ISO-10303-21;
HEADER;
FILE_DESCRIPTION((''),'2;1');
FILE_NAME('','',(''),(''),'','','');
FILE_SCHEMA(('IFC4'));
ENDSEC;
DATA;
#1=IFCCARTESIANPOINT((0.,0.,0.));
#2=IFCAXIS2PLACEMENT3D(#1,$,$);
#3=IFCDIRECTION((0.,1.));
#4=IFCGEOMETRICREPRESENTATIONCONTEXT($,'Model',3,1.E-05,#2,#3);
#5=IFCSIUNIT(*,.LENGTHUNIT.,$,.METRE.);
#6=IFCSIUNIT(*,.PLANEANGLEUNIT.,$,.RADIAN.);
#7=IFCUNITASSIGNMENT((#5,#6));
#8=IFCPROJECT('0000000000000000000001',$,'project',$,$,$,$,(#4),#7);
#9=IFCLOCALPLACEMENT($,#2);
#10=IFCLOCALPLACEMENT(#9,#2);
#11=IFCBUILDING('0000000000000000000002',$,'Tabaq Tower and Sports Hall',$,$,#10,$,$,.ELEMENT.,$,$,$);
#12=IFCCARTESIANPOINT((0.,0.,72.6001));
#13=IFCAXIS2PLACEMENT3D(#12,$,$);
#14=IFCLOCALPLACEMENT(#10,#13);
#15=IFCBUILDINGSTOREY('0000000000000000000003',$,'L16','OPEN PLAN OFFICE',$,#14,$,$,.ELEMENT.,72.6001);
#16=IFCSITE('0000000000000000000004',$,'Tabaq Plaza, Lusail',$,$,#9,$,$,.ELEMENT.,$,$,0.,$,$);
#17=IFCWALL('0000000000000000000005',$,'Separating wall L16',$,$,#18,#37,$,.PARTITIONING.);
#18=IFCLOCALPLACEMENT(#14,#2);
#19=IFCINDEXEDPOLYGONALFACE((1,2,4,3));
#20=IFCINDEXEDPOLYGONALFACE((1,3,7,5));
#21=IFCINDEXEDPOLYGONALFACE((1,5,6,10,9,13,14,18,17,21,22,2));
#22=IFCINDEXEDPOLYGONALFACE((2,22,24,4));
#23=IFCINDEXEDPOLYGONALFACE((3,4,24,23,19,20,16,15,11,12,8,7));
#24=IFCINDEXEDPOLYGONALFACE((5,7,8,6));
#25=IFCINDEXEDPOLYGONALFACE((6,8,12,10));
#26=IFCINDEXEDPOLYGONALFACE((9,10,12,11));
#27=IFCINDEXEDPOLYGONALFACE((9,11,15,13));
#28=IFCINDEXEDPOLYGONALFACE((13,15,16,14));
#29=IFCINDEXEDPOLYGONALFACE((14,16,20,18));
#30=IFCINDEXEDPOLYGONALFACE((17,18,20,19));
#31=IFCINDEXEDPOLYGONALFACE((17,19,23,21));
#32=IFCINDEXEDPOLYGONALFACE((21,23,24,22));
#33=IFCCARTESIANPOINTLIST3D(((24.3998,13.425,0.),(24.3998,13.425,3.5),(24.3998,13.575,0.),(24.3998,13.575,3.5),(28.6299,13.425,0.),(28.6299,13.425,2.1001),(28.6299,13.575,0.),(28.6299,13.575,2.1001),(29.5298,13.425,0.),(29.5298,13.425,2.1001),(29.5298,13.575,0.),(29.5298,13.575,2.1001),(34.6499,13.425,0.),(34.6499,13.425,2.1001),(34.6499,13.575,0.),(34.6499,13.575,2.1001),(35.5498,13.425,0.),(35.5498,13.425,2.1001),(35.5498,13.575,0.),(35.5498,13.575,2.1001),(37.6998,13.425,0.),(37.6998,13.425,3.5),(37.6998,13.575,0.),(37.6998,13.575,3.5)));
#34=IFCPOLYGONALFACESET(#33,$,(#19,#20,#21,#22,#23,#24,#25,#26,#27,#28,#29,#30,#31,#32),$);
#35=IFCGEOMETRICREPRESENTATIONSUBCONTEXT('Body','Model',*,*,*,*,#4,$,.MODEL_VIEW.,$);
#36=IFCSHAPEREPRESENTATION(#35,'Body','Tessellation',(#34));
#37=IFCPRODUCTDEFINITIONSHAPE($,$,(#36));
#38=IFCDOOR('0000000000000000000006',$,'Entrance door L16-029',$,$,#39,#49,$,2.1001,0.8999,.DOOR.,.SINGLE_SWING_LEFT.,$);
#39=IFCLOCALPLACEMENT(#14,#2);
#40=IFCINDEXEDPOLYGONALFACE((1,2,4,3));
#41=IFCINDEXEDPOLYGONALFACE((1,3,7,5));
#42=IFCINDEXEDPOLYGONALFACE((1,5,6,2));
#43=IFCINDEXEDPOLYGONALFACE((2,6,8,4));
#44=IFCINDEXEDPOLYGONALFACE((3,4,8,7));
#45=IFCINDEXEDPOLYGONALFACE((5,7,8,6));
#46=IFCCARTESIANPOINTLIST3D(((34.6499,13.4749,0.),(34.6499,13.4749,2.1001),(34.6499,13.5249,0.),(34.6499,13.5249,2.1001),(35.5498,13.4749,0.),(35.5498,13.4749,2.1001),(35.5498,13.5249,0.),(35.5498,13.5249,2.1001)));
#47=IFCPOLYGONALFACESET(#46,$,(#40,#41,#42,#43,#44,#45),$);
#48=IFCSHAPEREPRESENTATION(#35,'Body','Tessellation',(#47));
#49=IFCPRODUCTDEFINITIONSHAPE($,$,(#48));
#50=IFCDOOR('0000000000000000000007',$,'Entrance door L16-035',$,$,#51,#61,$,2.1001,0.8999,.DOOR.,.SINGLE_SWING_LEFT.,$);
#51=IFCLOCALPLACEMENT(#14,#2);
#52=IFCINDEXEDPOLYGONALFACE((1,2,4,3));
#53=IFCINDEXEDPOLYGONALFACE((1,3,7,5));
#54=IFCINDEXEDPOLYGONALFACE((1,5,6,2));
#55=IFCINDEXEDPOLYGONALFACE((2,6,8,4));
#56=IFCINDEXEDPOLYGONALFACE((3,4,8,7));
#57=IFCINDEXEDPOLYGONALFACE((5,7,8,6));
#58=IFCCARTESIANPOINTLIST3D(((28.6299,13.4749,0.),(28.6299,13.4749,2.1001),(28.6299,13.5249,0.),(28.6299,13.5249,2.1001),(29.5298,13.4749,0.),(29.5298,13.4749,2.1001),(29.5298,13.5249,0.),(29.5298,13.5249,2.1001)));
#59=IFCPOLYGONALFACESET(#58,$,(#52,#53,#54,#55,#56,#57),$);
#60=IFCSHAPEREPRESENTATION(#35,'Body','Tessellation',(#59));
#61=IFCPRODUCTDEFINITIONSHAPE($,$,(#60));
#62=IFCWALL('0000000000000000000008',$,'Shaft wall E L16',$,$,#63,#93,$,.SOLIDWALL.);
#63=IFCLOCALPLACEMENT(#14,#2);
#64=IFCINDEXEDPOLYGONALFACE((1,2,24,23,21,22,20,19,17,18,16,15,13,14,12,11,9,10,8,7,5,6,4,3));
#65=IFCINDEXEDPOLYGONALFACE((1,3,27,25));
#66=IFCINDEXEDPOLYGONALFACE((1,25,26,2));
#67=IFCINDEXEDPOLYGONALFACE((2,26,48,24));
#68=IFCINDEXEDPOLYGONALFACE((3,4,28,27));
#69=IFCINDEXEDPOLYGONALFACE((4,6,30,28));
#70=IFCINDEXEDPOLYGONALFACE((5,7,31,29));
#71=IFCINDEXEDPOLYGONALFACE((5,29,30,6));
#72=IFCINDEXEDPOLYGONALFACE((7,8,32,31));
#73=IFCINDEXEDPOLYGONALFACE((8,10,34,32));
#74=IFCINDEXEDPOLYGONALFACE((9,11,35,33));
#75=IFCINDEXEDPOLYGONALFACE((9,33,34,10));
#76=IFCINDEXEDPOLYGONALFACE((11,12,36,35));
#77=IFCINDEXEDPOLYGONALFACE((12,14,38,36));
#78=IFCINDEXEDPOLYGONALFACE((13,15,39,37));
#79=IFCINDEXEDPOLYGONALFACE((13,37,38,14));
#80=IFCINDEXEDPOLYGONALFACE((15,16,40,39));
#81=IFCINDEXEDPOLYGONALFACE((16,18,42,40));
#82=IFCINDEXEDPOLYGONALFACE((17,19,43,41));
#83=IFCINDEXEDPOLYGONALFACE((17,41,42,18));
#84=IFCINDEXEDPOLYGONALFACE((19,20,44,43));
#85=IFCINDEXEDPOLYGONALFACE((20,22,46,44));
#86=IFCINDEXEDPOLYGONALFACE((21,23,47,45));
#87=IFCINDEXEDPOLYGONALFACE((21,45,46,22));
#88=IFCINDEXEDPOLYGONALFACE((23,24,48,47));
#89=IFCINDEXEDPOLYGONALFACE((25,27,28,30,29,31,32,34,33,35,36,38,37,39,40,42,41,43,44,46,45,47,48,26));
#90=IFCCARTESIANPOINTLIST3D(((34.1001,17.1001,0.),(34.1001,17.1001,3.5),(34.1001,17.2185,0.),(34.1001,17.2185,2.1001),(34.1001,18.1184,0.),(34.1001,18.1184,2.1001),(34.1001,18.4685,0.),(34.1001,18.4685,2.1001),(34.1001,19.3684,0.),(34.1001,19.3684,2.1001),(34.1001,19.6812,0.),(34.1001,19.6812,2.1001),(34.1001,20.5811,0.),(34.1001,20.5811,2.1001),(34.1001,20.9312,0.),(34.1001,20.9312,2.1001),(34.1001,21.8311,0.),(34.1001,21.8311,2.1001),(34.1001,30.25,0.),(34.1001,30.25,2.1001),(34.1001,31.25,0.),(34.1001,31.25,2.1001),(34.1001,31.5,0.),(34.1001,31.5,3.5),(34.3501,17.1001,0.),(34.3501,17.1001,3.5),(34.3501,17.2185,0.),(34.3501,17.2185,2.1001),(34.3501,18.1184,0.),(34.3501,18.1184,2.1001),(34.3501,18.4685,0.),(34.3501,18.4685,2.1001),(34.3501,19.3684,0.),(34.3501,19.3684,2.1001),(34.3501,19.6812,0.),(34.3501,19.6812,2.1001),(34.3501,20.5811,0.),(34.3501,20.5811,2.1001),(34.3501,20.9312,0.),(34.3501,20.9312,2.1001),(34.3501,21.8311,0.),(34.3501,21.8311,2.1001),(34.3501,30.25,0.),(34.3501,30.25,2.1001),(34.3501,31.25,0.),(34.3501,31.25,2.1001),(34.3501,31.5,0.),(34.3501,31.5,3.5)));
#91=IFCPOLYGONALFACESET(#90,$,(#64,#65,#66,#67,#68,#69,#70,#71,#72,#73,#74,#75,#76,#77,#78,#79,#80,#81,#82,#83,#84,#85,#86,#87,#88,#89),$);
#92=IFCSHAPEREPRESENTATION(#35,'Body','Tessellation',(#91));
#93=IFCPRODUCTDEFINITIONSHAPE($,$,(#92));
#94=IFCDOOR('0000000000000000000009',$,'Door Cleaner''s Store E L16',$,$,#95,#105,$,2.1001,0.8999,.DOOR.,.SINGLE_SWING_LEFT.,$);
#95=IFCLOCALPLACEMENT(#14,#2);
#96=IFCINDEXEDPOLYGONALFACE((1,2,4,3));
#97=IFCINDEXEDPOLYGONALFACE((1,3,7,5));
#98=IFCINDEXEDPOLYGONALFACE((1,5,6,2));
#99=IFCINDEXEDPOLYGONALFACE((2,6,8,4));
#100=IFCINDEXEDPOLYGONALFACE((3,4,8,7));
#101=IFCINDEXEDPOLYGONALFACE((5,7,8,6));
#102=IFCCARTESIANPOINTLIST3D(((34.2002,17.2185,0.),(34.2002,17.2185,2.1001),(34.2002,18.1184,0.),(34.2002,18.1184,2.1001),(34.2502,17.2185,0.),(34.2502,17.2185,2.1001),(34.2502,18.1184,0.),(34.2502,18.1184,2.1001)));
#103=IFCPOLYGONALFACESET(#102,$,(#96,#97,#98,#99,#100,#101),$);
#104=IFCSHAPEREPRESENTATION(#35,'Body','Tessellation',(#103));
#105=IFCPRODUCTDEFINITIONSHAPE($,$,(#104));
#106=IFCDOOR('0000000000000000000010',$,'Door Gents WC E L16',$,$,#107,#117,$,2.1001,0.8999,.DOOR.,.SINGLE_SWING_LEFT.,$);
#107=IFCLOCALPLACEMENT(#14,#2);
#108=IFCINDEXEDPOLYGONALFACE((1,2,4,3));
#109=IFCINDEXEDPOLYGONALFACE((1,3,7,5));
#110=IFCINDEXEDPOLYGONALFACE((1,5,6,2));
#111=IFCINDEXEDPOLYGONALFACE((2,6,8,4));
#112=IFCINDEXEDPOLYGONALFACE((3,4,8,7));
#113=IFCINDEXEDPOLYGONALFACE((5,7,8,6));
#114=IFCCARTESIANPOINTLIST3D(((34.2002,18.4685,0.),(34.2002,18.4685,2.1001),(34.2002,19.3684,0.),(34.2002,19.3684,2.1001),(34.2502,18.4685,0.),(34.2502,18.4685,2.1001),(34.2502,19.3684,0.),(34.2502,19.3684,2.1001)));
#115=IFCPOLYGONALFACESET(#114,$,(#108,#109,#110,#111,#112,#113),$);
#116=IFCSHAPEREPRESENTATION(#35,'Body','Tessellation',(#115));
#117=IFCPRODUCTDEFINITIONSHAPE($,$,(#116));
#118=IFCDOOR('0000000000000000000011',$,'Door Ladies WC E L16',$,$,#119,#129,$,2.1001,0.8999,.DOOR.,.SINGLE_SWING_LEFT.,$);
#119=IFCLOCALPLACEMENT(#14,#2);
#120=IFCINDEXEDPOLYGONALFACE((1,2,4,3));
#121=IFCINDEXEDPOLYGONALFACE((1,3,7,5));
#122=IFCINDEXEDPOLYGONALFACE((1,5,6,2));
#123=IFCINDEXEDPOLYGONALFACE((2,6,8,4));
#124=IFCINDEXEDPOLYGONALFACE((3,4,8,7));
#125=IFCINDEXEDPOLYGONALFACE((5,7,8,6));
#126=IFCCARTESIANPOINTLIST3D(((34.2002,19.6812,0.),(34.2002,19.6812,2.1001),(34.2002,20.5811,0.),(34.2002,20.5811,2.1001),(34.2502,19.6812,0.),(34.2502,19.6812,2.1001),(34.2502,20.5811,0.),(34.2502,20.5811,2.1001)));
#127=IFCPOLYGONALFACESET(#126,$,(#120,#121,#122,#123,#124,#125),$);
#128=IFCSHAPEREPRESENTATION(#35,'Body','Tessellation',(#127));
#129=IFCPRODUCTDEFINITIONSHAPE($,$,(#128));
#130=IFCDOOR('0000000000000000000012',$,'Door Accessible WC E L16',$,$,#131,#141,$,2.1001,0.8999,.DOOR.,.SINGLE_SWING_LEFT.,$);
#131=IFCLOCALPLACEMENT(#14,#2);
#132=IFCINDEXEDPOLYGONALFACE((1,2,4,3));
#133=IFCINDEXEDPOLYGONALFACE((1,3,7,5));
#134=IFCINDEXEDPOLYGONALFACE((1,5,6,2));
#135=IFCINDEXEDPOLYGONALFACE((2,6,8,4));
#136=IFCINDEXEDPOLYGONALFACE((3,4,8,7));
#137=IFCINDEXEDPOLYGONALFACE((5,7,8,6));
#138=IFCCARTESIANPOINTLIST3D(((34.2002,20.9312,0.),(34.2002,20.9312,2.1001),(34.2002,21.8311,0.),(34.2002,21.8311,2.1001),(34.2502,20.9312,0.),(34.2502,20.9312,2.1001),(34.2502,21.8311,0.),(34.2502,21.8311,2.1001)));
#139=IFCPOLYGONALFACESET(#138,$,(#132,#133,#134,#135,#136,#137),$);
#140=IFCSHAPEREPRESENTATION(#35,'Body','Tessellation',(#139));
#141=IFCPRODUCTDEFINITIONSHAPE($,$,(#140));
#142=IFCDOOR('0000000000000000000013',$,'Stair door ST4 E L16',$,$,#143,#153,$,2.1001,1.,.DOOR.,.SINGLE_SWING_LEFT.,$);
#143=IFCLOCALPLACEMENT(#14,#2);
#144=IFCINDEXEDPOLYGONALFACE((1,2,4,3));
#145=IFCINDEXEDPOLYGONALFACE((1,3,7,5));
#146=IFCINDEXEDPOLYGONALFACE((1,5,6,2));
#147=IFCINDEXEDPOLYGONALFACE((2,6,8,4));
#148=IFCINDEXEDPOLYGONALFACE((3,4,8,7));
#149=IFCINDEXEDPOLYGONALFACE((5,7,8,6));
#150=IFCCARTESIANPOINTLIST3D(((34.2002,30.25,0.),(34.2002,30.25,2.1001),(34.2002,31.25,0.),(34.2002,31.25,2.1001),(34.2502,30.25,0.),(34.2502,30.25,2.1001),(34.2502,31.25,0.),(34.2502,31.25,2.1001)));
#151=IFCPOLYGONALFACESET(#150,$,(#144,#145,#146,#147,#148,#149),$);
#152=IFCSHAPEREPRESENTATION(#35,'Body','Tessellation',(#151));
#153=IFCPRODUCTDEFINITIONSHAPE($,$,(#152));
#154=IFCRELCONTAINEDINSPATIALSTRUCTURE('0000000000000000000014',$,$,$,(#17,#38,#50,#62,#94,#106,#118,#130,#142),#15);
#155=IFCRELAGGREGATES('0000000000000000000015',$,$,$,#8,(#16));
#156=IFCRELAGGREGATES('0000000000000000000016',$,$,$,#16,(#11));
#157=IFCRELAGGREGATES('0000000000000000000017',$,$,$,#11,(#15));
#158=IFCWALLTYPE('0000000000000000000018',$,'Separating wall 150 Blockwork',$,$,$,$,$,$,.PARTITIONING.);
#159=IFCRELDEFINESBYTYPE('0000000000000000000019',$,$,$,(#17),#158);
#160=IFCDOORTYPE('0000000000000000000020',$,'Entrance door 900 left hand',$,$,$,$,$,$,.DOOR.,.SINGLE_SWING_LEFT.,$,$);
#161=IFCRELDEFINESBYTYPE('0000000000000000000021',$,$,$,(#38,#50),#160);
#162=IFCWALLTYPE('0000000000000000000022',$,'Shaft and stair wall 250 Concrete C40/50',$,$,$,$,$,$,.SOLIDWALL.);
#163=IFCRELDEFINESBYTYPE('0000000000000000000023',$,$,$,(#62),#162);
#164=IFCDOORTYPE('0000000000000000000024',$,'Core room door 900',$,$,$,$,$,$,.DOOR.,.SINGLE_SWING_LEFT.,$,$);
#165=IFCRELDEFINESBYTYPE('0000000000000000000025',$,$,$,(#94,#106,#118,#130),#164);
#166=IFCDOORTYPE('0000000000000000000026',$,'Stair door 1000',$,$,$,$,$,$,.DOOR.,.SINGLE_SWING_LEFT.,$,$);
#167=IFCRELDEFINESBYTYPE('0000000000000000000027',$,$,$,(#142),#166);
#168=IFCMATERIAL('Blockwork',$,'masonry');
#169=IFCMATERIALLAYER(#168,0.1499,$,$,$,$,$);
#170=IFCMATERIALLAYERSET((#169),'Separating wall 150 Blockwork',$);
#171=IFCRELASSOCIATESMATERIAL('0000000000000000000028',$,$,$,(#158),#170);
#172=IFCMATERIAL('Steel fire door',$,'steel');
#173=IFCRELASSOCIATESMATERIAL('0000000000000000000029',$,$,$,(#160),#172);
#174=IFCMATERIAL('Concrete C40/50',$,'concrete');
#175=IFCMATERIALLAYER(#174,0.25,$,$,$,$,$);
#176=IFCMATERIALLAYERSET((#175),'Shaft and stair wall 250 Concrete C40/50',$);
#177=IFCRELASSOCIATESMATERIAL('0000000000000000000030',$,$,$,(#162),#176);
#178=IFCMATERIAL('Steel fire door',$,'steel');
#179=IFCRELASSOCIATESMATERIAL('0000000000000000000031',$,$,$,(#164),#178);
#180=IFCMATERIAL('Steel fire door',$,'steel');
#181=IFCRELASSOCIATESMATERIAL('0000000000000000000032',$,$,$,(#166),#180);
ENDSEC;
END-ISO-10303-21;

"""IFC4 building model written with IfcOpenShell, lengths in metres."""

from ifc_helpers import new_model, si_unit, direction, frame, frame_2d, origin, place, context, subcontext, project, spatial, rectangle, extrude, material, layer, layer_set, type_object, element, fill, save


model = new_model("IFC4")

# Units and contexts
model_context = context("Model", 3, precision=1e-05, world=origin(), true_north=direction((0.0, 1.0)))
body_context = subcontext(model_context, "Body", "Model", "MODEL_VIEW")
ifc_project = project(units=[si_unit("LENGTHUNIT", "METRE"), si_unit("PLANEANGLEUNIT", "RADIAN")], contexts=[model_context])

# Site, building, storey
site_placement = place(None, origin())
site = spatial("IfcSite", under=ifc_project, at=site_placement, Name="Tabaq Plaza, Lusail", CompositionType="ELEMENT", RefElevation=0.0)
building_placement = place(site_placement, origin())
building = spatial("IfcBuilding", under=site, at=building_placement, Name="Tabaq Tower and Sports Hall", CompositionType="ELEMENT")
storey_placement = place(building_placement, frame((0.0, 0.0, 72.6001)))
storey = spatial("IfcBuildingStorey", under=building, at=storey_placement, Name="L16", Description="OPEN PLAN OFFICE", CompositionType="ELEMENT", Elevation=72.6001)

# Walls, openings, doors
ifc_material_1 = material(Name="Blockwork", Category="masonry")
ifc_layer_1 = layer(ifc_material_1, 0.1499)
ifc_layer_set_1 = layer_set([ifc_layer_1], Name="Separating wall 150 Blockwork")
wall_type_1 = type_object("IfcWallType", Name="Separating wall 150 Blockwork", PredefinedType="PARTITIONING", material=ifc_layer_set_1)
wall_1_placement = place(storey_placement, frame((24.3999, 13.5, 0.0), z_axis=(0.0, 0.0, 1.0), x_axis=(1.0, 0.0, 0.0)))
wall_1 = element("IfcWall", 1, at=wall_1_placement, inside=storey, type_object=wall_type_1, Name="Separating wall L16", PredefinedType="PARTITIONING", context=body_context, shape_type="SweptSolid", body=[
    extrude(rectangle(XDim=13.3, YDim=0.1499, at=frame_2d((6.6499, 0.0))), origin(), (0.0, 0.0, 1.0), 3.5),
])
opening_1_placement = place(wall_1_placement, frame((10.25, 0.0, 0.0)))
opening_1 = element("IfcOpeningElement", 2, at=opening_1_placement, cuts=wall_1, PredefinedType="OPENING", context=body_context, shape_type="SweptSolid", body=[
    extrude(rectangle(XDim=0.8999, YDim=2.1001, at=frame_2d((0.45, 1.05))), frame((0.0, 0.075, 0.0), z_axis=(0.0, -1.0, 0.0), x_axis=(1.0, 0.0, 0.0)), (0.0, 0.0, 1.0), 0.1499),
])
opening_2_placement = place(wall_1_placement, frame((4.23, 0.0, 0.0)))
opening_2 = element("IfcOpeningElement", 3, at=opening_2_placement, cuts=wall_1, PredefinedType="OPENING", context=body_context, shape_type="SweptSolid", body=[
    extrude(rectangle(XDim=0.8999, YDim=2.1001, at=frame_2d((0.45, 1.05))), frame((0.0, 0.075, 0.0), z_axis=(0.0, -1.0, 0.0), x_axis=(1.0, 0.0, 0.0)), (0.0, 0.0, 1.0), 0.1499),
])
ifc_material_2 = material(Name="Steel fire door", Category="steel")
door_type_1 = type_object("IfcDoorType", Name="Entrance door 900 left hand", OperationType="SINGLE_SWING_LEFT", PredefinedType="DOOR", material=ifc_material_2)
door_1_placement = place(opening_1_placement, origin())
door_1 = element("IfcDoor", 4, at=door_1_placement, inside=storey, type_object=door_type_1, Name="Entrance door L16-029", OperationType="SINGLE_SWING_LEFT", OverallHeight=2.1001, OverallWidth=0.8999, PredefinedType="DOOR", context=body_context, shape_type="SweptSolid", body=[
    extrude(rectangle(XDim=0.8999, YDim=2.1001, at=frame_2d((0.45, 1.05))), frame((0.0, 0.0249, 0.0), z_axis=(0.0, -1.0, 0.0), x_axis=(1.0, 0.0, 0.0)), (0.0, 0.0, 1.0), 0.05),
])
fill(opening_1, door_1)
door_2_placement = place(opening_2_placement, origin())
door_2 = element("IfcDoor", 5, at=door_2_placement, inside=storey, type_object=door_type_1, Name="Entrance door L16-035", OperationType="SINGLE_SWING_LEFT", OverallHeight=2.1001, OverallWidth=0.8999, PredefinedType="DOOR", context=body_context, shape_type="SweptSolid", body=[
    extrude(rectangle(XDim=0.8999, YDim=2.1001, at=frame_2d((0.45, 1.05))), frame((0.0, 0.0249, 0.0), z_axis=(0.0, -1.0, 0.0), x_axis=(1.0, 0.0, 0.0)), (0.0, 0.0, 1.0), 0.05),
])
fill(opening_2, door_2)
ifc_material_3 = material(Name="Concrete C40/50", Category="concrete")
ifc_layer_2 = layer(ifc_material_3, 0.25)
ifc_layer_set_2 = layer_set([ifc_layer_2], Name="Shaft and stair wall 250 Concrete C40/50")
wall_type_2 = type_object("IfcWallType", Name="Shaft and stair wall 250 Concrete C40/50", PredefinedType="SOLIDWALL", material=ifc_layer_set_2)
wall_2_placement = place(storey_placement, frame((34.2251, 17.1001, 0.0), z_axis=(0.0, 0.0, 1.0), x_axis=(0.0, 1.0, 0.0)))
wall_2 = element("IfcWall", 6, at=wall_2_placement, inside=storey, type_object=wall_type_2, Name="Shaft wall E L16", PredefinedType="SOLIDWALL", context=body_context, shape_type="SweptSolid", body=[
    extrude(rectangle(XDim=14.3999, YDim=0.25, at=frame_2d((7.2, 0.0))), origin(), (0.0, 0.0, 1.0), 3.5),
])
opening_3_placement = place(wall_2_placement, frame((13.1499, 0.0, 0.0)))
opening_3 = element("IfcOpeningElement", 7, at=opening_3_placement, cuts=wall_2, PredefinedType="OPENING", context=body_context, shape_type="SweptSolid", body=[
    extrude(rectangle(XDim=1.0, YDim=2.1001, at=frame_2d((0.5, 1.05))), frame((0.0, 0.125, 0.0), z_axis=(0.0, -1.0, 0.0), x_axis=(1.0, 0.0, 0.0)), (0.0, 0.0, 1.0), 0.25),
])
opening_4_placement = place(wall_2_placement, frame((0.1184, 0.0, 0.0)))
opening_4 = element("IfcOpeningElement", 8, at=opening_4_placement, cuts=wall_2, PredefinedType="OPENING", context=body_context, shape_type="SweptSolid", body=[
    extrude(rectangle(XDim=0.8999, YDim=2.1001, at=frame_2d((0.45, 1.05))), frame((0.0, 0.125, 0.0), z_axis=(0.0, -1.0, 0.0), x_axis=(1.0, 0.0, 0.0)), (0.0, 0.0, 1.0), 0.25),
])
opening_5_placement = place(wall_2_placement, frame((1.3684, 0.0, 0.0)))
opening_5 = element("IfcOpeningElement", 9, at=opening_5_placement, cuts=wall_2, PredefinedType="OPENING", context=body_context, shape_type="SweptSolid", body=[
    extrude(rectangle(XDim=0.8999, YDim=2.1001, at=frame_2d((0.45, 1.05))), frame((0.0, 0.125, 0.0), z_axis=(0.0, -1.0, 0.0), x_axis=(1.0, 0.0, 0.0)), (0.0, 0.0, 1.0), 0.25),
])
opening_6_placement = place(wall_2_placement, frame((2.5811, 0.0, 0.0)))
opening_6 = element("IfcOpeningElement", 10, at=opening_6_placement, cuts=wall_2, PredefinedType="OPENING", context=body_context, shape_type="SweptSolid", body=[
    extrude(rectangle(XDim=0.8999, YDim=2.1001, at=frame_2d((0.45, 1.05))), frame((0.0, 0.125, 0.0), z_axis=(0.0, -1.0, 0.0), x_axis=(1.0, 0.0, 0.0)), (0.0, 0.0, 1.0), 0.25),
])
opening_7_placement = place(wall_2_placement, frame((3.8311, 0.0, 0.0)))
opening_7 = element("IfcOpeningElement", 11, at=opening_7_placement, cuts=wall_2, PredefinedType="OPENING", context=body_context, shape_type="SweptSolid", body=[
    extrude(rectangle(XDim=0.8999, YDim=2.1001, at=frame_2d((0.45, 1.05))), frame((0.0, 0.125, 0.0), z_axis=(0.0, -1.0, 0.0), x_axis=(1.0, 0.0, 0.0)), (0.0, 0.0, 1.0), 0.25),
])
ifc_material_4 = material(Name="Steel fire door", Category="steel")
door_type_2 = type_object("IfcDoorType", Name="Core room door 900", OperationType="SINGLE_SWING_LEFT", PredefinedType="DOOR", material=ifc_material_4)
door_3_placement = place(opening_4_placement, origin())
door_3 = element("IfcDoor", 12, at=door_3_placement, inside=storey, type_object=door_type_2, Name="Door Cleaner's Store E L16", OperationType="SINGLE_SWING_LEFT", OverallHeight=2.1001, OverallWidth=0.8999, PredefinedType="DOOR", context=body_context, shape_type="SweptSolid", body=[
    extrude(rectangle(XDim=0.8999, YDim=2.1001, at=frame_2d((0.45, 1.05))), frame((0.0, 0.0249, 0.0), z_axis=(0.0, -1.0, 0.0), x_axis=(1.0, 0.0, 0.0)), (0.0, 0.0, 1.0), 0.05),
])
fill(opening_4, door_3)
door_4_placement = place(opening_5_placement, origin())
door_4 = element("IfcDoor", 13, at=door_4_placement, inside=storey, type_object=door_type_2, Name="Door Gents WC E L16", OperationType="SINGLE_SWING_LEFT", OverallHeight=2.1001, OverallWidth=0.8999, PredefinedType="DOOR", context=body_context, shape_type="SweptSolid", body=[
    extrude(rectangle(XDim=0.8999, YDim=2.1001, at=frame_2d((0.45, 1.05))), frame((0.0, 0.0249, 0.0), z_axis=(0.0, -1.0, 0.0), x_axis=(1.0, 0.0, 0.0)), (0.0, 0.0, 1.0), 0.05),
])
fill(opening_5, door_4)
door_5_placement = place(opening_6_placement, origin())
door_5 = element("IfcDoor", 14, at=door_5_placement, inside=storey, type_object=door_type_2, Name="Door Ladies WC E L16", OperationType="SINGLE_SWING_LEFT", OverallHeight=2.1001, OverallWidth=0.8999, PredefinedType="DOOR", context=body_context, shape_type="SweptSolid", body=[
    extrude(rectangle(XDim=0.8999, YDim=2.1001, at=frame_2d((0.45, 1.05))), frame((0.0, 0.0249, 0.0), z_axis=(0.0, -1.0, 0.0), x_axis=(1.0, 0.0, 0.0)), (0.0, 0.0, 1.0), 0.05),
])
fill(opening_6, door_5)
door_6_placement = place(opening_7_placement, origin())
door_6 = element("IfcDoor", 15, at=door_6_placement, inside=storey, type_object=door_type_2, Name="Door Accessible WC E L16", OperationType="SINGLE_SWING_LEFT", OverallHeight=2.1001, OverallWidth=0.8999, PredefinedType="DOOR", context=body_context, shape_type="SweptSolid", body=[
    extrude(rectangle(XDim=0.8999, YDim=2.1001, at=frame_2d((0.45, 1.05))), frame((0.0, 0.0249, 0.0), z_axis=(0.0, -1.0, 0.0), x_axis=(1.0, 0.0, 0.0)), (0.0, 0.0, 1.0), 0.05),
])
fill(opening_7, door_6)
ifc_material_5 = material(Name="Steel fire door", Category="steel")
door_type_3 = type_object("IfcDoorType", Name="Stair door 1000", OperationType="SINGLE_SWING_LEFT", PredefinedType="DOOR", material=ifc_material_5)
door_7_placement = place(opening_3_placement, origin())
door_7 = element("IfcDoor", 16, at=door_7_placement, inside=storey, type_object=door_type_3, Name="Stair door ST4 E L16", OperationType="SINGLE_SWING_LEFT", OverallHeight=2.1001, OverallWidth=1.0, PredefinedType="DOOR", context=body_context, shape_type="SweptSolid", body=[
    extrude(rectangle(XDim=1.0, YDim=2.1001, at=frame_2d((0.5, 1.05))), frame((0.0, 0.0249, 0.0), z_axis=(0.0, -1.0, 0.0), x_axis=(1.0, 0.0, 0.0)), (0.0, 0.0, 1.0), 0.05),
])
fill(opening_3, door_7)

save(model, "model.ifc")
